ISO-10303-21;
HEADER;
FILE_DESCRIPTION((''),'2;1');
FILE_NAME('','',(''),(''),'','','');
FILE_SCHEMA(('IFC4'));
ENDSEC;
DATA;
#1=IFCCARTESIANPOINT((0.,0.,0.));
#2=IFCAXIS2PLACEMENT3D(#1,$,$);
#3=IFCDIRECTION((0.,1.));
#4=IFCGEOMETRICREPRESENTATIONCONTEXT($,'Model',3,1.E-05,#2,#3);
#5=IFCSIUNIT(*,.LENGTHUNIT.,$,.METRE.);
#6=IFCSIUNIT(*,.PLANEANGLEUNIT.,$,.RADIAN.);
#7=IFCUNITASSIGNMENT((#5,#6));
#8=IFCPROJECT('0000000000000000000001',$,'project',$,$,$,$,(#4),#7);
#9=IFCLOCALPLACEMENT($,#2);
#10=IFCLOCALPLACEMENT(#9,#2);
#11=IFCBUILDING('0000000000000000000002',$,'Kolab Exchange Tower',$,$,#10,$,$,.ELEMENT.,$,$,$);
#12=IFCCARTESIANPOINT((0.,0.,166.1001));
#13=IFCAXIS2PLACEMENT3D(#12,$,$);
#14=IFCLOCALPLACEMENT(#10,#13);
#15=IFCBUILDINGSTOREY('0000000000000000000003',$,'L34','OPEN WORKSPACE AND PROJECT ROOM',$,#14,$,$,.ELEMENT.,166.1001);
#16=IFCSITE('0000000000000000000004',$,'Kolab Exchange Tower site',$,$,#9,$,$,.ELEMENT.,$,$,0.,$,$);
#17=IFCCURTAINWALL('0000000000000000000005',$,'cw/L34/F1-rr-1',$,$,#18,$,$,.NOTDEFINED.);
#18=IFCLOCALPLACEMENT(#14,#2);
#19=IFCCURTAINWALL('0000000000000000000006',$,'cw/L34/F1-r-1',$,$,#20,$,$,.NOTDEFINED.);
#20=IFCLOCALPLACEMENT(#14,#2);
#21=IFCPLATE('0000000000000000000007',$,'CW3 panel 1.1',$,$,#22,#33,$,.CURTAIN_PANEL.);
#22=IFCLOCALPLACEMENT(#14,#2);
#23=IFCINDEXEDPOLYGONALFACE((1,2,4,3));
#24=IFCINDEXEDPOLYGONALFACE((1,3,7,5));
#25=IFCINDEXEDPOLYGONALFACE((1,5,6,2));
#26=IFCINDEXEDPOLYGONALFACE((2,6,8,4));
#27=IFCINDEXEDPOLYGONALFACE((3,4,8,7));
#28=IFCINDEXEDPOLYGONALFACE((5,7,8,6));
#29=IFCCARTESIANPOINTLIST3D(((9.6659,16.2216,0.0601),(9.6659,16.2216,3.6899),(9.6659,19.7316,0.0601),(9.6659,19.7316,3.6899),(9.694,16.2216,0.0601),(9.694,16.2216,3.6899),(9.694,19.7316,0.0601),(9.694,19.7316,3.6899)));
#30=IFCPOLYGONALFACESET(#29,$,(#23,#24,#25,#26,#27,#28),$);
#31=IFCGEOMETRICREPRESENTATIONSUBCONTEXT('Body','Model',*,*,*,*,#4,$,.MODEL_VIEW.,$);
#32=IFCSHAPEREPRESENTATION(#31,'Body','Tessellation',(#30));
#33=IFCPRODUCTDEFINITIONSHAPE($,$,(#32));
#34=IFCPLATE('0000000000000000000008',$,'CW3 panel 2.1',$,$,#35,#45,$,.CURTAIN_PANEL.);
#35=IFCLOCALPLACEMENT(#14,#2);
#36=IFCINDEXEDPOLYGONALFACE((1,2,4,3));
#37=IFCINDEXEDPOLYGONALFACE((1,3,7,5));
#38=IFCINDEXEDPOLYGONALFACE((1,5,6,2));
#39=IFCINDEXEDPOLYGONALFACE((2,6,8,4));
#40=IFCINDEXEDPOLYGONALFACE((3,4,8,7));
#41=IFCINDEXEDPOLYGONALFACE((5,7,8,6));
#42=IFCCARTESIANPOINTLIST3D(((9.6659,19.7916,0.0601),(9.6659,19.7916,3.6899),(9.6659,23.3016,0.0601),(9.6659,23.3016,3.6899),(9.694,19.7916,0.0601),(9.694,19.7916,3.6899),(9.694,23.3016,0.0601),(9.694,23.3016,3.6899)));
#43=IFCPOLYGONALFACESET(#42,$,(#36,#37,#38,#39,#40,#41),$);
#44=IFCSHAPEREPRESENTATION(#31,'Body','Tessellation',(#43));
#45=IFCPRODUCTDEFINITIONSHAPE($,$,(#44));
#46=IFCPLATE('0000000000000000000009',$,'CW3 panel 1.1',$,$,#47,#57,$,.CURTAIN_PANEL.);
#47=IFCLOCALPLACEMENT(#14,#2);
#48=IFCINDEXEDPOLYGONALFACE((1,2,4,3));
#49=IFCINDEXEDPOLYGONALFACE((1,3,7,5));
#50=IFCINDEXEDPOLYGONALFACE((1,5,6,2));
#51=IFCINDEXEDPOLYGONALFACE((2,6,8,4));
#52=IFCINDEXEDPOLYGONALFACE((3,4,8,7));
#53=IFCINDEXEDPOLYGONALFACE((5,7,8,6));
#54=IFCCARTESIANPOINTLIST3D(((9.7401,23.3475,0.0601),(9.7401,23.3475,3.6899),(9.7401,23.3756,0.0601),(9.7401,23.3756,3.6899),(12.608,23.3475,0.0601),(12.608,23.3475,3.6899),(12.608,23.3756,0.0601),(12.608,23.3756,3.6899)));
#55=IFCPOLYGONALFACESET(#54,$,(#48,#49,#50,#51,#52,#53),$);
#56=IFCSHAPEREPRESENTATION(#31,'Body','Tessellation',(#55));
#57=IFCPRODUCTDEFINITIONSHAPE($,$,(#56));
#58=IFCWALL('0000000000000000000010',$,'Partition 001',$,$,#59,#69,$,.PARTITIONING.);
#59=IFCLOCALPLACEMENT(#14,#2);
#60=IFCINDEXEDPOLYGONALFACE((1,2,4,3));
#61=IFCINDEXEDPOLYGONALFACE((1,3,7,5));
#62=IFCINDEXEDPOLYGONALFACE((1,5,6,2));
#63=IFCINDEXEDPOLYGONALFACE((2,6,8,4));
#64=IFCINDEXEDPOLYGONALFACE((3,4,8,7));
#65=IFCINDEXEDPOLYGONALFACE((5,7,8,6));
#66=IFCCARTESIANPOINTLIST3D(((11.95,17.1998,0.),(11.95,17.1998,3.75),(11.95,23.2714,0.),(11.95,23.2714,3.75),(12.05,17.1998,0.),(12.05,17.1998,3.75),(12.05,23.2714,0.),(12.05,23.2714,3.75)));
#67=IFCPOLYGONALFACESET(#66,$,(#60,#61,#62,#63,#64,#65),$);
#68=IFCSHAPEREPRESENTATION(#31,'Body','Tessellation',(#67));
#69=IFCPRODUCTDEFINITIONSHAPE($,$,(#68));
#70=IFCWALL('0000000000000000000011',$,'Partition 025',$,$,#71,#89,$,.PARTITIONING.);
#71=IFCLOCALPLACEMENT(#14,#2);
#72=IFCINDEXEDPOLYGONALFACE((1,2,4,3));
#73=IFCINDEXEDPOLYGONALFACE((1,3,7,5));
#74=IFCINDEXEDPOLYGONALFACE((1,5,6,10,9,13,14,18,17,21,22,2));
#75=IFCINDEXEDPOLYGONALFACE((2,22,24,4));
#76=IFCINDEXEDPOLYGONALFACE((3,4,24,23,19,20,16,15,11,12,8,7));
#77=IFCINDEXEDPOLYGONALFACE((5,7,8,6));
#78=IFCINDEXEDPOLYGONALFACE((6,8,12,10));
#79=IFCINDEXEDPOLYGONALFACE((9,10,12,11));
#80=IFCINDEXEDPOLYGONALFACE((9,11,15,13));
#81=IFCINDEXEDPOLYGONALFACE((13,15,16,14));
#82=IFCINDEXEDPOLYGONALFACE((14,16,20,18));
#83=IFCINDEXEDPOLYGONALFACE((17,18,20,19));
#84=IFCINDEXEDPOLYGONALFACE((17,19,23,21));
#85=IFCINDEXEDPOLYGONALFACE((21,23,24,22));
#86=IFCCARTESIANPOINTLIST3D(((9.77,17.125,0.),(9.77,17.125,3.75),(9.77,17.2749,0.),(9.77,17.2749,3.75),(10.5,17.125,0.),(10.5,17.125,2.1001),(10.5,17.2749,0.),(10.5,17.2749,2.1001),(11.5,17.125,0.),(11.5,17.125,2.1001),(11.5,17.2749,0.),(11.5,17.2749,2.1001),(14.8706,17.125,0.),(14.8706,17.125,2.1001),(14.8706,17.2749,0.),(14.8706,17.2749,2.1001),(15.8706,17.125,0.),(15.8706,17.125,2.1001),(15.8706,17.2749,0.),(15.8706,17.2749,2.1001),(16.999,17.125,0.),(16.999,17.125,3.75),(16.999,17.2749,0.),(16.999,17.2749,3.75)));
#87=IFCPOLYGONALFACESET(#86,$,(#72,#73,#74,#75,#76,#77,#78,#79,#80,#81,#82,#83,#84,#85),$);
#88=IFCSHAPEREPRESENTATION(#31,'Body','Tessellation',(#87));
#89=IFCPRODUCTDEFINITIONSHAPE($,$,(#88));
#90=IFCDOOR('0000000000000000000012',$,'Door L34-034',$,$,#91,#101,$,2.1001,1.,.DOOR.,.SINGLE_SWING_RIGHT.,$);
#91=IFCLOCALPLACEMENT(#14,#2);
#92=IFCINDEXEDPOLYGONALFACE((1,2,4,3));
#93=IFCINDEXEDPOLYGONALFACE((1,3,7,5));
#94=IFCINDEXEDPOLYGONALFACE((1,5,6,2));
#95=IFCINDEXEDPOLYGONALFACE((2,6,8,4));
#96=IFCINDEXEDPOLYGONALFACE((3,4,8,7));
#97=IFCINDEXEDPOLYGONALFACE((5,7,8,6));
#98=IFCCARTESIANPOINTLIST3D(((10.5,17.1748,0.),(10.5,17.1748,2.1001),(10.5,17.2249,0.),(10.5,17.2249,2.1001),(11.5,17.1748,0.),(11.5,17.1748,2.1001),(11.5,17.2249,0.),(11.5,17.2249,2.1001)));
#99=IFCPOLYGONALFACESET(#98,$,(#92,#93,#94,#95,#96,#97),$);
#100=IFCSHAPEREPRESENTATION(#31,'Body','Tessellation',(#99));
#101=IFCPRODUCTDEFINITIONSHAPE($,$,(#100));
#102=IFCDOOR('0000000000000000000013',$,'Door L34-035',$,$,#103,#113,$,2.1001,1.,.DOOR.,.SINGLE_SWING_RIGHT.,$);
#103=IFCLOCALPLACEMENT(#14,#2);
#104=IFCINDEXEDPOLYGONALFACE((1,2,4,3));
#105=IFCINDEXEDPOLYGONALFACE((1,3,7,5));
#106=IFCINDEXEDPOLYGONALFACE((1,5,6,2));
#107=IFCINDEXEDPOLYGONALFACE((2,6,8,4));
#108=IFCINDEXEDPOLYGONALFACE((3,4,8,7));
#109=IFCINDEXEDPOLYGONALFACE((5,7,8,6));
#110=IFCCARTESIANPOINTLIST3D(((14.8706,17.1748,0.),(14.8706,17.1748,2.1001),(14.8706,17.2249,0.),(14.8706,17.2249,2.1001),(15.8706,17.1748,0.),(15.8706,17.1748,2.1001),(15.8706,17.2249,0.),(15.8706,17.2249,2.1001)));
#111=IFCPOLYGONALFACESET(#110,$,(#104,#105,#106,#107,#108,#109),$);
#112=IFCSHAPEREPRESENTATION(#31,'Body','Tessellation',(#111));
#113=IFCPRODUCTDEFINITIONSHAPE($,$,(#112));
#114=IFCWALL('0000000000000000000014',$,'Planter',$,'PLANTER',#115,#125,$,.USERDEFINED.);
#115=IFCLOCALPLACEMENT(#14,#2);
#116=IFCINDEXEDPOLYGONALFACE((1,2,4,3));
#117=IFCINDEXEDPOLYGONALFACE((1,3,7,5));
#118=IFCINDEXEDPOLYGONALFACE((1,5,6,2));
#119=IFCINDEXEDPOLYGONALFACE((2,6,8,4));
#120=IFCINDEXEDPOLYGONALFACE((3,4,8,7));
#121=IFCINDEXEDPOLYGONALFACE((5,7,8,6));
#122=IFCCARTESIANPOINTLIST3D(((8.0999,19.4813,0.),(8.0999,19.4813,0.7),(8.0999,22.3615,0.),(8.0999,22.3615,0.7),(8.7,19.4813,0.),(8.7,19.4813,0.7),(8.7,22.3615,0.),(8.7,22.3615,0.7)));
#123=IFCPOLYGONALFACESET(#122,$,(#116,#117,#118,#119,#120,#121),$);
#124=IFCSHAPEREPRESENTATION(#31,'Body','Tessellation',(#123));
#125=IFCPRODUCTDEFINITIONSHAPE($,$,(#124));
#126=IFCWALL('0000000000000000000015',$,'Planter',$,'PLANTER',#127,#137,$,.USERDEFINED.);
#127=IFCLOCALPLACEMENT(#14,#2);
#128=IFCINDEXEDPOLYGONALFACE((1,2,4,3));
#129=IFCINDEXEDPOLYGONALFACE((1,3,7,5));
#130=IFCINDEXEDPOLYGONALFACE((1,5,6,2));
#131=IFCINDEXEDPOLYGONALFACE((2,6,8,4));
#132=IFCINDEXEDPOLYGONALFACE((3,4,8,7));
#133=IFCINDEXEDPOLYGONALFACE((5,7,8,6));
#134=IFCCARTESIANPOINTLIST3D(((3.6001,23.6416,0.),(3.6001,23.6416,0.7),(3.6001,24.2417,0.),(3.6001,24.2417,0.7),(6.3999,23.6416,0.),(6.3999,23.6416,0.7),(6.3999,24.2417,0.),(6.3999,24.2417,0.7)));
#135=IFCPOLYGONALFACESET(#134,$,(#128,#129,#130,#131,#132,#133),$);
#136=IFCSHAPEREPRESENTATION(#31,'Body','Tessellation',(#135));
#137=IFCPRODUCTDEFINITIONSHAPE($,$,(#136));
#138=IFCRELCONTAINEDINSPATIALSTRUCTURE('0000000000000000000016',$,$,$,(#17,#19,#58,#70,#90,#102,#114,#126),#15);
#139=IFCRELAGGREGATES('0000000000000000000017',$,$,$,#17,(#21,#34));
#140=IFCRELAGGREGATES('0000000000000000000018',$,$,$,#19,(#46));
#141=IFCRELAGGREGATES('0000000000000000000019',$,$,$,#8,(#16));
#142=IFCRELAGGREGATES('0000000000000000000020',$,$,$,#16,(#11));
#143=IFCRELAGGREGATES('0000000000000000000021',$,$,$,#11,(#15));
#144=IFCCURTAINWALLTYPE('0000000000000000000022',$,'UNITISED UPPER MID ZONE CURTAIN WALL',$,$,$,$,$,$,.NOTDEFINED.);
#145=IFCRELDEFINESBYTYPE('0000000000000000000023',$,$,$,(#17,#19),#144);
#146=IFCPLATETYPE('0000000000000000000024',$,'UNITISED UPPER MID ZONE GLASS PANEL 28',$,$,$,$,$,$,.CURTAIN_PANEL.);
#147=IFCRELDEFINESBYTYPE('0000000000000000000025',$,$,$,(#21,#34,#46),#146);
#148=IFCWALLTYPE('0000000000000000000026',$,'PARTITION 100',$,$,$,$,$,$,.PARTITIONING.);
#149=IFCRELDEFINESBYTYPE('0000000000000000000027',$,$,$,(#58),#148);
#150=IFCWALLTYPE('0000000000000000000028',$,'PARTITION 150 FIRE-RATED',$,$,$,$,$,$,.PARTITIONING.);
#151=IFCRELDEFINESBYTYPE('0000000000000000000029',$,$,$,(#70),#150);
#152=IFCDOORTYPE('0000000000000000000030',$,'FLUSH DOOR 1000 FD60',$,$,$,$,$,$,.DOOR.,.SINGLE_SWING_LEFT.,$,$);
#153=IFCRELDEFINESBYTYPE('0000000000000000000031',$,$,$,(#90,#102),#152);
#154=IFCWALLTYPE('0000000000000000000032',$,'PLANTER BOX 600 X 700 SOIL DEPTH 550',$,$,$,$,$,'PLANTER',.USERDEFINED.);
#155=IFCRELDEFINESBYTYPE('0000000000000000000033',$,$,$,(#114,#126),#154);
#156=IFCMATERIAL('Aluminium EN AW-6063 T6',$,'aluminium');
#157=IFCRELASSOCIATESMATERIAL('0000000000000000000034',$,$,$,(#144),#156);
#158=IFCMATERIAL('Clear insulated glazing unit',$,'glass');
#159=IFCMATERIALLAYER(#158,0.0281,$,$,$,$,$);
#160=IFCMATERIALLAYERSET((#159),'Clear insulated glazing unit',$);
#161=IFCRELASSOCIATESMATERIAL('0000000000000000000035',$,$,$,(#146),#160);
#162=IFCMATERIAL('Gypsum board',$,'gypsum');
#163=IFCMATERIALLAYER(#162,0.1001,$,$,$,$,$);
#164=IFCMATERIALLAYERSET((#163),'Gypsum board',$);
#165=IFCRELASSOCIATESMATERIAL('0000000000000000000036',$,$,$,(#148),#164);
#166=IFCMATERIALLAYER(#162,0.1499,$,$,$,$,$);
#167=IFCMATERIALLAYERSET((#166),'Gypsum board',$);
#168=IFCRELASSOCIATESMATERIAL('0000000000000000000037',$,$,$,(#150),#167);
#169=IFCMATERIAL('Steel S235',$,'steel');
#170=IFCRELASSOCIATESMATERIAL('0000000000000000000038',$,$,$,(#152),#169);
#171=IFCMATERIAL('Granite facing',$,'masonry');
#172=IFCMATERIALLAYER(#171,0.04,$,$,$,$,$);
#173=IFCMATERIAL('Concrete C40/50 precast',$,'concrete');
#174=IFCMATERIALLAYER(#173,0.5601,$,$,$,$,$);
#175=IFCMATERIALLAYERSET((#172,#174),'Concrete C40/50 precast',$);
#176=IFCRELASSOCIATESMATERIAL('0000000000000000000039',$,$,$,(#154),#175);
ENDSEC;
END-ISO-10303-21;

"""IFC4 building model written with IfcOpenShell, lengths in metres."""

from ifc_helpers import new_model, si_unit, direction, frame, frame_2d, origin, origin_2d, place, context, subcontext, project, spatial, rectangle, extrude, material, layer, layer_set, type_object, element, fill, aggregate, save


model = new_model("IFC4")

# Units and contexts
model_context = context("Model", 3, precision=1e-05, world=origin(), true_north=direction((0.0, 1.0)))
body_context = subcontext(model_context, "Body", "Model", "MODEL_VIEW")
ifc_project = project(units=[si_unit("LENGTHUNIT", "METRE"), si_unit("PLANEANGLEUNIT", "RADIAN")], contexts=[model_context])

# Site, building, storey
site_placement = place(None, origin())
site = spatial("IfcSite", under=ifc_project, at=site_placement, Name="Kolab Exchange Tower site", CompositionType="ELEMENT", RefElevation=0.0)
building_placement = place(site_placement, origin())
building = spatial("IfcBuilding", under=site, at=building_placement, Name="Kolab Exchange Tower", CompositionType="ELEMENT")
storey_placement = place(building_placement, frame((0.0, 0.0, 166.1001)))
storey = spatial("IfcBuildingStorey", under=building, at=storey_placement, Name="L34", Description="OPEN WORKSPACE AND PROJECT ROOM", CompositionType="ELEMENT", Elevation=166.1001)

# Curtain walls
ifc_material_1 = material(Name="Aluminium EN AW-6063 T6", Category="aluminium")
curtain_wall_type = type_object("IfcCurtainWallType", Name="UNITISED UPPER MID ZONE CURTAIN WALL", PredefinedType="NOTDEFINED", material=ifc_material_1)
curtain_wall_1_placement = place(storey_placement, origin())
curtain_wall_1 = element("IfcCurtainWall", 1, at=curtain_wall_1_placement, inside=storey, type_object=curtain_wall_type, Name="cw/L34/F1-rr-1", PredefinedType="NOTDEFINED")
curtain_wall_2_placement = place(storey_placement, origin())
curtain_wall_2 = element("IfcCurtainWall", 2, at=curtain_wall_2_placement, inside=storey, type_object=curtain_wall_type, Name="cw/L34/F1-r-1", PredefinedType="NOTDEFINED")

# Plates
ifc_material_2 = material(Name="Clear insulated glazing unit", Category="glass")
ifc_layer_1 = layer(ifc_material_2, 0.0281)
ifc_layer_set_1 = layer_set([ifc_layer_1], Name="Clear insulated glazing unit")
plate_type = type_object("IfcPlateType", Name="UNITISED UPPER MID ZONE GLASS PANEL 28", PredefinedType="CURTAIN_PANEL", material=ifc_layer_set_1)
plate_1_placement = place(storey_placement, frame((9.6799, 17.9766, 0.0601), z_axis=(0.0, 0.0, 1.0), x_axis=(0.0, 1.0, 0.0)))
plate_1 = element("IfcPlate", 3, at=plate_1_placement, type_object=plate_type, Name="CW3 panel 1.1", PredefinedType="CURTAIN_PANEL", context=body_context, shape_type="SweptSolid", body=[
    extrude(rectangle(XDim=3.51, YDim=0.0281, at=origin_2d()), origin(), (0.0, 0.0, 1.0), 3.6299),
])
plate_2_placement = place(storey_placement, frame((9.6799, 21.5466, 0.0601), z_axis=(0.0, 0.0, 1.0), x_axis=(0.0, 1.0, 0.0)))
plate_2 = element("IfcPlate", 4, at=plate_2_placement, type_object=plate_type, Name="CW3 panel 2.1", PredefinedType="CURTAIN_PANEL", context=body_context, shape_type="SweptSolid", body=[
    extrude(rectangle(XDim=3.51, YDim=0.0281, at=origin_2d()), origin(), (0.0, 0.0, 1.0), 3.6299),
])
aggregate(curtain_wall_1, [plate_1, plate_2])
plate_3_placement = place(storey_placement, frame((11.1741, 23.3616, 0.0601), z_axis=(0.0, 0.0, 1.0), x_axis=(1.0, 0.0, 0.0)))
plate_3 = element("IfcPlate", 5, at=plate_3_placement, type_object=plate_type, Name="CW3 panel 1.1", PredefinedType="CURTAIN_PANEL", context=body_context, shape_type="SweptSolid", body=[
    extrude(rectangle(XDim=2.8679, YDim=0.0281, at=origin_2d()), origin(), (0.0, 0.0, 1.0), 3.6299),
])
aggregate(curtain_wall_2, [plate_3])

# Wall
ifc_material_3 = material(Name="Gypsum board", Category="gypsum")
ifc_layer_2 = layer(ifc_material_3, 0.1001)
ifc_layer_set_2 = layer_set([ifc_layer_2], Name="Gypsum board")
wall_type_1 = type_object("IfcWallType", Name="PARTITION 100", PredefinedType="PARTITIONING", material=ifc_layer_set_2)
wall_1_placement = place(storey_placement, frame((12.0, 17.2, 0.0), z_axis=(0.0, 0.0, 1.0), x_axis=(0.0, 1.0, 0.0)))
element("IfcWall", 6, at=wall_1_placement, inside=storey, type_object=wall_type_1, Name="Partition 001", PredefinedType="PARTITIONING", context=body_context, shape_type="SweptSolid", body=[
    extrude(rectangle(XDim=6.0715, YDim=0.1001, at=frame_2d((3.0356, 0.0))), origin(), (0.0, 0.0, 1.0), 3.75),
])

# Wall, openings, doors
ifc_layer_3 = layer(ifc_material_3, 0.1499)
ifc_layer_set_3 = layer_set([ifc_layer_3], Name="Gypsum board")
wall_type_2 = type_object("IfcWallType", Name="PARTITION 150 FIRE-RATED", PredefinedType="PARTITIONING", material=ifc_layer_set_3)
wall_2_placement = place(storey_placement, frame((9.77, 17.2, 0.0), z_axis=(0.0, 0.0, 1.0), x_axis=(1.0, 0.0, 0.0)))
wall_2 = element("IfcWall", 7, at=wall_2_placement, inside=storey, type_object=wall_type_2, Name="Partition 025", PredefinedType="PARTITIONING", context=body_context, shape_type="SweptSolid", body=[
    extrude(rectangle(XDim=7.229, YDim=0.1499, at=frame_2d((3.6145, 0.0))), origin(), (0.0, 0.0, 1.0), 3.75),
])
opening_1_placement = place(wall_2_placement, frame((0.73, 0.0, 0.0)))
opening_1 = element("IfcOpeningElement", 8, at=opening_1_placement, cuts=wall_2, PredefinedType="OPENING", context=body_context, shape_type="SweptSolid", body=[
    extrude(rectangle(XDim=1.0, YDim=2.1001, at=frame_2d((0.5, 1.05))), frame((0.0, 0.085, 0.0), z_axis=(0.0, -1.0, 0.0), x_axis=(1.0, 0.0, 0.0)), (0.0, 0.0, 1.0), 0.1699),
])
opening_2_placement = place(wall_2_placement, frame((5.1006, 0.0, 0.0)))
opening_2 = element("IfcOpeningElement", 9, at=opening_2_placement, cuts=wall_2, PredefinedType="OPENING", context=body_context, shape_type="SweptSolid", body=[
    extrude(rectangle(XDim=1.0, YDim=2.1001, at=frame_2d((0.5, 1.05))), frame((0.0, 0.085, 0.0), z_axis=(0.0, -1.0, 0.0), x_axis=(1.0, 0.0, 0.0)), (0.0, 0.0, 1.0), 0.1699),
])
ifc_material_4 = material(Name="Steel S235", Category="steel")
door_type = type_object("IfcDoorType", Name="FLUSH DOOR 1000 FD60", OperationType="SINGLE_SWING_LEFT", PredefinedType="DOOR", material=ifc_material_4)
door_1_placement = place(opening_1_placement, origin())
door_1 = element("IfcDoor", 10, at=door_1_placement, inside=storey, type_object=door_type, Name="Door L34-034", OperationType="SINGLE_SWING_RIGHT", OverallHeight=2.1001, OverallWidth=1.0, PredefinedType="DOOR", context=body_context, shape_type="SweptSolid", body=[
    extrude(rectangle(XDim=1.0, YDim=2.1001, at=frame_2d((0.5, 1.05))), frame((0.0, 0.0249, 0.0), z_axis=(0.0, -1.0, 0.0), x_axis=(1.0, 0.0, 0.0)), (0.0, 0.0, 1.0), 0.05),
])
fill(opening_1, door_1)
door_2_placement = place(opening_2_placement, origin())
door_2 = element("IfcDoor", 11, at=door_2_placement, inside=storey, type_object=door_type, Name="Door L34-035", OperationType="SINGLE_SWING_RIGHT", OverallHeight=2.1001, OverallWidth=1.0, PredefinedType="DOOR", context=body_context, shape_type="SweptSolid", body=[
    extrude(rectangle(XDim=1.0, YDim=2.1001, at=frame_2d((0.5, 1.05))), frame((0.0, 0.0249, 0.0), z_axis=(0.0, -1.0, 0.0), x_axis=(1.0, 0.0, 0.0)), (0.0, 0.0, 1.0), 0.05),
])
fill(opening_2, door_2)

# Walls
ifc_material_5 = material(Name="Granite facing", Category="masonry")
ifc_layer_4 = layer(ifc_material_5, 0.04)
ifc_material_6 = material(Name="Concrete C40/50 precast", Category="concrete")
ifc_layer_5 = layer(ifc_material_6, 0.5601)
ifc_layer_set_4 = layer_set([ifc_layer_4, ifc_layer_5], Name="Concrete C40/50 precast")
wall_type_3 = type_object("IfcWallType", Name="PLANTER BOX 600 X 700 SOIL DEPTH 550", ElementType="PLANTER", PredefinedType="USERDEFINED", material=ifc_layer_set_4)
wall_3_placement = place(storey_placement, frame((8.3999, 19.4814, 0.0), z_axis=(0.0, 0.0, 1.0), x_axis=(0.0, 1.0, 0.0)))
element("IfcWall", 12, at=wall_3_placement, inside=storey, type_object=wall_type_3, Name="Planter", ObjectType="PLANTER", PredefinedType="USERDEFINED", context=body_context, shape_type="SweptSolid", body=[
    extrude(rectangle(XDim=2.8801, YDim=0.6001, at=frame_2d((1.4399, 0.0))), origin(), (0.0, 0.0, 1.0), 0.7),
])
wall_4_placement = place(storey_placement, frame((3.6001, 23.9417, 0.0), z_axis=(0.0, 0.0, 1.0), x_axis=(1.0, 0.0, 0.0)))
element("IfcWall", 13, at=wall_4_placement, inside=storey, type_object=wall_type_3, Name="Planter", ObjectType="PLANTER", PredefinedType="USERDEFINED", context=body_context, shape_type="SweptSolid", body=[
    extrude(rectangle(XDim=2.7998, YDim=0.6001, at=frame_2d((1.3999, 0.0))), origin(), (0.0, 0.0, 1.0), 0.7),
])

save(model, "model.ifc")
